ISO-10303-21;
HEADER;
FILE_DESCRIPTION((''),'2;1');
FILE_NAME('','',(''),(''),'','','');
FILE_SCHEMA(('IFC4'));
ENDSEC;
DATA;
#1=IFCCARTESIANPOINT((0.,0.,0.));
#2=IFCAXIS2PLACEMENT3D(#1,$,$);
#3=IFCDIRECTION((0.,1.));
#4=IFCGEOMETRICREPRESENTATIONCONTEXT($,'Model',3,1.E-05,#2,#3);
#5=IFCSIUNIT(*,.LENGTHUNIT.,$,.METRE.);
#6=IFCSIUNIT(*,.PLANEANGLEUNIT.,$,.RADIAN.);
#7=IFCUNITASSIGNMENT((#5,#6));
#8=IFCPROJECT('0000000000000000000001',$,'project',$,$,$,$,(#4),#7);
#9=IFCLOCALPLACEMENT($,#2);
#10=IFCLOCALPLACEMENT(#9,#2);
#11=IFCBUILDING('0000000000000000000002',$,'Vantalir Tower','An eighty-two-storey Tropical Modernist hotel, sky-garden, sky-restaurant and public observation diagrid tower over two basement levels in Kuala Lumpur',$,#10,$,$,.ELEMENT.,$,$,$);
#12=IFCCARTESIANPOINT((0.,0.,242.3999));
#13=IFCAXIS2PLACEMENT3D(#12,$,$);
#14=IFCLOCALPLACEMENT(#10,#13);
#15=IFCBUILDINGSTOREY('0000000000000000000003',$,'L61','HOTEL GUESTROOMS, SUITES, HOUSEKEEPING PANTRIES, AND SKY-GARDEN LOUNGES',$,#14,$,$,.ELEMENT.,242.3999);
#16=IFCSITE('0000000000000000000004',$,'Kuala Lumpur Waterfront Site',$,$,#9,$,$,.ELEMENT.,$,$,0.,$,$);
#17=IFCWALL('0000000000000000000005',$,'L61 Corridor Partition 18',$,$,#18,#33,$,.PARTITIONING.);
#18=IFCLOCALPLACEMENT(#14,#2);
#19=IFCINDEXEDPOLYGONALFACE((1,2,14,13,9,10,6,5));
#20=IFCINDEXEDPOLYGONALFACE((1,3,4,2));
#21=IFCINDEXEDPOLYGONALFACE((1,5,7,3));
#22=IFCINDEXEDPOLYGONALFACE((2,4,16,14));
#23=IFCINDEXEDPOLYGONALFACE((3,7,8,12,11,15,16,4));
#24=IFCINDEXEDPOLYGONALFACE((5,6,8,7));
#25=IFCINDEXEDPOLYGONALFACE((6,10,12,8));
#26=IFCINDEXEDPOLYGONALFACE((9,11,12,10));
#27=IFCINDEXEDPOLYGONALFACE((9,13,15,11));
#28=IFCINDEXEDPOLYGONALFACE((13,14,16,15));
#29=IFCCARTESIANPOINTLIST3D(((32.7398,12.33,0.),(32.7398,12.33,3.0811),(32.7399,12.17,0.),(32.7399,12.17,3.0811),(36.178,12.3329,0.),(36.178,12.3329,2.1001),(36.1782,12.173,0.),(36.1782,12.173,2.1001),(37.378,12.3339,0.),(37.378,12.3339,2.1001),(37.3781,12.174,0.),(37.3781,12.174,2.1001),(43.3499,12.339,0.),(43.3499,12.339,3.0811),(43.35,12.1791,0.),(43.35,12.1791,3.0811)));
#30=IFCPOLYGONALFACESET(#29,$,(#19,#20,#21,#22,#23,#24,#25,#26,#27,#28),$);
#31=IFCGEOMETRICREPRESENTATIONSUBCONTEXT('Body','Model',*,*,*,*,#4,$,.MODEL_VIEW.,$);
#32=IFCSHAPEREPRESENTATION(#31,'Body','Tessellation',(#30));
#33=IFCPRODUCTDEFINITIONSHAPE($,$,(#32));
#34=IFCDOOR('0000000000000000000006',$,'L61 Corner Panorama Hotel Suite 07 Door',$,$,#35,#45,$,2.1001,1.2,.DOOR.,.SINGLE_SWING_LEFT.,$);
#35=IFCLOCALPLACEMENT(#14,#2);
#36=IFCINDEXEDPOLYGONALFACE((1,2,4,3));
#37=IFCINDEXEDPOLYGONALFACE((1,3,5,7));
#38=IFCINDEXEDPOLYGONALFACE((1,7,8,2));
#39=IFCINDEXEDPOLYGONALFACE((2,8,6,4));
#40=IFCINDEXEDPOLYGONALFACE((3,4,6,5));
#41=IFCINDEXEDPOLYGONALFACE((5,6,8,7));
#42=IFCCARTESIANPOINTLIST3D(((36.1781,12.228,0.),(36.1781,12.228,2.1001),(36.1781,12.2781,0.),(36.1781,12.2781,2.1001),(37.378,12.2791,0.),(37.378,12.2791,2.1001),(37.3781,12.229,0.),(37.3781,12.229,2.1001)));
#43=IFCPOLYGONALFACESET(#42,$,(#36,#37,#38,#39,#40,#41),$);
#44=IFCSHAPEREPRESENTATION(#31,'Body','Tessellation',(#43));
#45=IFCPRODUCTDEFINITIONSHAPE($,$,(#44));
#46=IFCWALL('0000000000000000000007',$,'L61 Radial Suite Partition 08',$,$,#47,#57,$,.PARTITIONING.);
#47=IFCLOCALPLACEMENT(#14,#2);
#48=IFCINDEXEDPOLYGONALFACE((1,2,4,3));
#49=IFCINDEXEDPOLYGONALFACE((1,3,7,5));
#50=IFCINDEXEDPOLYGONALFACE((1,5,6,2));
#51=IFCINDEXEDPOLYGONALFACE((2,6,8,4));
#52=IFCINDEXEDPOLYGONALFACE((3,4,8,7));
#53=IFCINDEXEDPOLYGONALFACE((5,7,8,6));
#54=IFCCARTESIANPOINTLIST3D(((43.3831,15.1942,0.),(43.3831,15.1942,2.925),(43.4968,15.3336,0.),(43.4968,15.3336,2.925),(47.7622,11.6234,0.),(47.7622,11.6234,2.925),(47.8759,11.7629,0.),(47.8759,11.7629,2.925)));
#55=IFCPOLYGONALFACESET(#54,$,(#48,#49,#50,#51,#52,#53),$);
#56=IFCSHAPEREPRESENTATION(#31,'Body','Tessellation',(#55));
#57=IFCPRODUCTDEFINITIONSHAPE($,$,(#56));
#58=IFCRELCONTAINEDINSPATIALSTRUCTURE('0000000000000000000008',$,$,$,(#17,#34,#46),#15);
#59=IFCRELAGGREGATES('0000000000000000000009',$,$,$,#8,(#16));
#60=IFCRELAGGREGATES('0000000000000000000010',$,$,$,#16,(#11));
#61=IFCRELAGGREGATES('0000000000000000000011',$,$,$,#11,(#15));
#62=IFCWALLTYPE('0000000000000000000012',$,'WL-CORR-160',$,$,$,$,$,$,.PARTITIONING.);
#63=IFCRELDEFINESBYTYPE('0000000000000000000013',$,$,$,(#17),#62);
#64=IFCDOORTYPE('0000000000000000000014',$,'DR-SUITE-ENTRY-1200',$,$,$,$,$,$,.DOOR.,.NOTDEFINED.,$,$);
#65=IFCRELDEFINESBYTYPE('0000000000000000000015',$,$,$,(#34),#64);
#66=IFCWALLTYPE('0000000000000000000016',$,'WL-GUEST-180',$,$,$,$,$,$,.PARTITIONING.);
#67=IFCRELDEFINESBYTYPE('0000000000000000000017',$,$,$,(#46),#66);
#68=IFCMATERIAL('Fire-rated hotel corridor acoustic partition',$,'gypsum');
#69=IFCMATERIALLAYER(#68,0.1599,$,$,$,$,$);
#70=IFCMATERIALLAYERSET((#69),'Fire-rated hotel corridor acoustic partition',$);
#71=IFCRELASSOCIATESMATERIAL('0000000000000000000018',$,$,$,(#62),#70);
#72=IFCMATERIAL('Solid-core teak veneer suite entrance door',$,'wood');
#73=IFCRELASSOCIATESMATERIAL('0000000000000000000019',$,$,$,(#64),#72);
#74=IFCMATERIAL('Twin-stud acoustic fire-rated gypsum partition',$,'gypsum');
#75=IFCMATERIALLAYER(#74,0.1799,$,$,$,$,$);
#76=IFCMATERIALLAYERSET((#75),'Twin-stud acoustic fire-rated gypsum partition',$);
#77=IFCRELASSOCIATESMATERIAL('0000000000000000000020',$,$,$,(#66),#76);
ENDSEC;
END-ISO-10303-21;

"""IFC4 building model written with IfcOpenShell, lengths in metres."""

from ifc_helpers import new_model, si_unit, direction, frame, frame_2d, origin, place, context, subcontext, project, spatial, rectangle, extrude, material, layer, layer_set, type_object, element, fill, save


model = new_model("IFC4")

# Units and contexts
model_context = context("Model", 3, precision=1e-05, world=origin(), true_north=direction((0.0, 1.0)))
body_context = subcontext(model_context, "Body", "Model", "MODEL_VIEW")
ifc_project = project(units=[si_unit("LENGTHUNIT", "METRE"), si_unit("PLANEANGLEUNIT", "RADIAN")], contexts=[model_context])

# Site, building, storey
site_placement = place(None, origin())
site = spatial("IfcSite", under=ifc_project, at=site_placement, Name="Kuala Lumpur Waterfront Site", CompositionType="ELEMENT", RefElevation=0.0)
building_placement = place(site_placement, origin())
building = spatial("IfcBuilding", under=site, at=building_placement, Name="Vantalir Tower", Description="An eighty-two-storey Tropical Modernist hotel, sky-garden, sky-restaurant and public observation diagrid tower over two basement levels in Kuala Lumpur", CompositionType="ELEMENT")
storey_placement = place(building_placement, frame((0.0, 0.0, 242.3999)))
storey = spatial("IfcBuildingStorey", under=building, at=storey_placement, Name="L61", Description="HOTEL GUESTROOMS, SUITES, HOUSEKEEPING PANTRIES, AND SKY-GARDEN LOUNGES", CompositionType="ELEMENT", Elevation=242.3999)

# Wall, opening, door
ifc_material_1 = material(Name="Fire-rated hotel corridor acoustic partition", Category="gypsum")
ifc_layer_1 = layer(ifc_material_1, 0.1599)
ifc_layer_set_1 = layer_set([ifc_layer_1], Name="Fire-rated hotel corridor acoustic partition")
wall_type_1 = type_object("IfcWallType", Name="WL-CORR-160", PredefinedType="PARTITIONING", material=ifc_layer_set_1)
wall_1_placement = place(storey_placement, frame((43.3501, 12.259, 0.0), z_axis=(0.0, 0.0, 1.0), x_axis=(-1.0, -0.000851, 0.0)))
wall_1 = element("IfcWall", 1, at=wall_1_placement, inside=storey, type_object=wall_type_1, Name="L61 Corridor Partition 18", PredefinedType="PARTITIONING", context=body_context, shape_type="SweptSolid", body=[
    extrude(rectangle(XDim=10.6101, YDim=0.1599, at=frame_2d((5.3052, 0.0))), origin(), (0.0, 0.0, 1.0), 3.0811),
])
opening_placement = place(wall_1_placement, frame((5.9719, 0.0, 0.0)))
opening = element("IfcOpeningElement", 2, at=opening_placement, cuts=wall_1, PredefinedType="OPENING", context=body_context, shape_type="SweptSolid", body=[
    extrude(rectangle(XDim=1.2, YDim=2.1001, at=frame_2d((0.6001, 1.05))), frame((0.0, 0.0898, 0.0), z_axis=(0.0, -1.0, 0.0), x_axis=(1.0, 0.0, 0.0)), (0.0, 0.0, 1.0), 0.1799),
])
ifc_material_2 = material(Name="Solid-core teak veneer suite entrance door", Category="wood")
door_type = type_object("IfcDoorType", Name="DR-SUITE-ENTRY-1200", OperationType="NOTDEFINED", PredefinedType="DOOR", material=ifc_material_2)
door_placement = place(opening_placement, origin())
door = element("IfcDoor", 3, at=door_placement, inside=storey, type_object=door_type, Name="L61 Corner Panorama Hotel Suite 07 Door", OperationType="SINGLE_SWING_LEFT", OverallHeight=2.1001, OverallWidth=1.2, PredefinedType="DOOR", context=body_context, shape_type="SweptSolid", body=[
    extrude(rectangle(XDim=1.2, YDim=2.1001, at=frame_2d((0.6001, 1.05))), frame((0.0, 0.0249, 0.0), z_axis=(0.0, -1.0, 0.0), x_axis=(1.0, 0.0, 0.0)), (0.0, 0.0, 1.0), 0.05),
])
fill(opening, door)

# Wall
ifc_material_3 = material(Name="Twin-stud acoustic fire-rated gypsum partition", Category="gypsum")
ifc_layer_2 = layer(ifc_material_3, 0.1799)
ifc_layer_set_2 = layer_set([ifc_layer_2], Name="Twin-stud acoustic fire-rated gypsum partition")
wall_type_2 = type_object("IfcWallType", Name="WL-GUEST-180", PredefinedType="PARTITIONING", material=ifc_layer_set_2)
wall_2_placement = place(storey_placement, frame((43.4399, 15.2639, 0.0), z_axis=(0.0, 0.0, 1.0), x_axis=(0.775009, -0.63195, 0.0)))
element("IfcWall", 4, at=wall_2_placement, inside=storey, type_object=wall_type_2, Name="L61 Radial Suite Partition 08", PredefinedType="PARTITIONING", context=body_context, shape_type="SweptSolid", body=[
    extrude(rectangle(XDim=5.6504, YDim=0.1799, at=frame_2d((2.8252, 0.0))), origin(), (0.0, 0.0, 1.0), 2.925),
])

save(model, "model.ifc")
